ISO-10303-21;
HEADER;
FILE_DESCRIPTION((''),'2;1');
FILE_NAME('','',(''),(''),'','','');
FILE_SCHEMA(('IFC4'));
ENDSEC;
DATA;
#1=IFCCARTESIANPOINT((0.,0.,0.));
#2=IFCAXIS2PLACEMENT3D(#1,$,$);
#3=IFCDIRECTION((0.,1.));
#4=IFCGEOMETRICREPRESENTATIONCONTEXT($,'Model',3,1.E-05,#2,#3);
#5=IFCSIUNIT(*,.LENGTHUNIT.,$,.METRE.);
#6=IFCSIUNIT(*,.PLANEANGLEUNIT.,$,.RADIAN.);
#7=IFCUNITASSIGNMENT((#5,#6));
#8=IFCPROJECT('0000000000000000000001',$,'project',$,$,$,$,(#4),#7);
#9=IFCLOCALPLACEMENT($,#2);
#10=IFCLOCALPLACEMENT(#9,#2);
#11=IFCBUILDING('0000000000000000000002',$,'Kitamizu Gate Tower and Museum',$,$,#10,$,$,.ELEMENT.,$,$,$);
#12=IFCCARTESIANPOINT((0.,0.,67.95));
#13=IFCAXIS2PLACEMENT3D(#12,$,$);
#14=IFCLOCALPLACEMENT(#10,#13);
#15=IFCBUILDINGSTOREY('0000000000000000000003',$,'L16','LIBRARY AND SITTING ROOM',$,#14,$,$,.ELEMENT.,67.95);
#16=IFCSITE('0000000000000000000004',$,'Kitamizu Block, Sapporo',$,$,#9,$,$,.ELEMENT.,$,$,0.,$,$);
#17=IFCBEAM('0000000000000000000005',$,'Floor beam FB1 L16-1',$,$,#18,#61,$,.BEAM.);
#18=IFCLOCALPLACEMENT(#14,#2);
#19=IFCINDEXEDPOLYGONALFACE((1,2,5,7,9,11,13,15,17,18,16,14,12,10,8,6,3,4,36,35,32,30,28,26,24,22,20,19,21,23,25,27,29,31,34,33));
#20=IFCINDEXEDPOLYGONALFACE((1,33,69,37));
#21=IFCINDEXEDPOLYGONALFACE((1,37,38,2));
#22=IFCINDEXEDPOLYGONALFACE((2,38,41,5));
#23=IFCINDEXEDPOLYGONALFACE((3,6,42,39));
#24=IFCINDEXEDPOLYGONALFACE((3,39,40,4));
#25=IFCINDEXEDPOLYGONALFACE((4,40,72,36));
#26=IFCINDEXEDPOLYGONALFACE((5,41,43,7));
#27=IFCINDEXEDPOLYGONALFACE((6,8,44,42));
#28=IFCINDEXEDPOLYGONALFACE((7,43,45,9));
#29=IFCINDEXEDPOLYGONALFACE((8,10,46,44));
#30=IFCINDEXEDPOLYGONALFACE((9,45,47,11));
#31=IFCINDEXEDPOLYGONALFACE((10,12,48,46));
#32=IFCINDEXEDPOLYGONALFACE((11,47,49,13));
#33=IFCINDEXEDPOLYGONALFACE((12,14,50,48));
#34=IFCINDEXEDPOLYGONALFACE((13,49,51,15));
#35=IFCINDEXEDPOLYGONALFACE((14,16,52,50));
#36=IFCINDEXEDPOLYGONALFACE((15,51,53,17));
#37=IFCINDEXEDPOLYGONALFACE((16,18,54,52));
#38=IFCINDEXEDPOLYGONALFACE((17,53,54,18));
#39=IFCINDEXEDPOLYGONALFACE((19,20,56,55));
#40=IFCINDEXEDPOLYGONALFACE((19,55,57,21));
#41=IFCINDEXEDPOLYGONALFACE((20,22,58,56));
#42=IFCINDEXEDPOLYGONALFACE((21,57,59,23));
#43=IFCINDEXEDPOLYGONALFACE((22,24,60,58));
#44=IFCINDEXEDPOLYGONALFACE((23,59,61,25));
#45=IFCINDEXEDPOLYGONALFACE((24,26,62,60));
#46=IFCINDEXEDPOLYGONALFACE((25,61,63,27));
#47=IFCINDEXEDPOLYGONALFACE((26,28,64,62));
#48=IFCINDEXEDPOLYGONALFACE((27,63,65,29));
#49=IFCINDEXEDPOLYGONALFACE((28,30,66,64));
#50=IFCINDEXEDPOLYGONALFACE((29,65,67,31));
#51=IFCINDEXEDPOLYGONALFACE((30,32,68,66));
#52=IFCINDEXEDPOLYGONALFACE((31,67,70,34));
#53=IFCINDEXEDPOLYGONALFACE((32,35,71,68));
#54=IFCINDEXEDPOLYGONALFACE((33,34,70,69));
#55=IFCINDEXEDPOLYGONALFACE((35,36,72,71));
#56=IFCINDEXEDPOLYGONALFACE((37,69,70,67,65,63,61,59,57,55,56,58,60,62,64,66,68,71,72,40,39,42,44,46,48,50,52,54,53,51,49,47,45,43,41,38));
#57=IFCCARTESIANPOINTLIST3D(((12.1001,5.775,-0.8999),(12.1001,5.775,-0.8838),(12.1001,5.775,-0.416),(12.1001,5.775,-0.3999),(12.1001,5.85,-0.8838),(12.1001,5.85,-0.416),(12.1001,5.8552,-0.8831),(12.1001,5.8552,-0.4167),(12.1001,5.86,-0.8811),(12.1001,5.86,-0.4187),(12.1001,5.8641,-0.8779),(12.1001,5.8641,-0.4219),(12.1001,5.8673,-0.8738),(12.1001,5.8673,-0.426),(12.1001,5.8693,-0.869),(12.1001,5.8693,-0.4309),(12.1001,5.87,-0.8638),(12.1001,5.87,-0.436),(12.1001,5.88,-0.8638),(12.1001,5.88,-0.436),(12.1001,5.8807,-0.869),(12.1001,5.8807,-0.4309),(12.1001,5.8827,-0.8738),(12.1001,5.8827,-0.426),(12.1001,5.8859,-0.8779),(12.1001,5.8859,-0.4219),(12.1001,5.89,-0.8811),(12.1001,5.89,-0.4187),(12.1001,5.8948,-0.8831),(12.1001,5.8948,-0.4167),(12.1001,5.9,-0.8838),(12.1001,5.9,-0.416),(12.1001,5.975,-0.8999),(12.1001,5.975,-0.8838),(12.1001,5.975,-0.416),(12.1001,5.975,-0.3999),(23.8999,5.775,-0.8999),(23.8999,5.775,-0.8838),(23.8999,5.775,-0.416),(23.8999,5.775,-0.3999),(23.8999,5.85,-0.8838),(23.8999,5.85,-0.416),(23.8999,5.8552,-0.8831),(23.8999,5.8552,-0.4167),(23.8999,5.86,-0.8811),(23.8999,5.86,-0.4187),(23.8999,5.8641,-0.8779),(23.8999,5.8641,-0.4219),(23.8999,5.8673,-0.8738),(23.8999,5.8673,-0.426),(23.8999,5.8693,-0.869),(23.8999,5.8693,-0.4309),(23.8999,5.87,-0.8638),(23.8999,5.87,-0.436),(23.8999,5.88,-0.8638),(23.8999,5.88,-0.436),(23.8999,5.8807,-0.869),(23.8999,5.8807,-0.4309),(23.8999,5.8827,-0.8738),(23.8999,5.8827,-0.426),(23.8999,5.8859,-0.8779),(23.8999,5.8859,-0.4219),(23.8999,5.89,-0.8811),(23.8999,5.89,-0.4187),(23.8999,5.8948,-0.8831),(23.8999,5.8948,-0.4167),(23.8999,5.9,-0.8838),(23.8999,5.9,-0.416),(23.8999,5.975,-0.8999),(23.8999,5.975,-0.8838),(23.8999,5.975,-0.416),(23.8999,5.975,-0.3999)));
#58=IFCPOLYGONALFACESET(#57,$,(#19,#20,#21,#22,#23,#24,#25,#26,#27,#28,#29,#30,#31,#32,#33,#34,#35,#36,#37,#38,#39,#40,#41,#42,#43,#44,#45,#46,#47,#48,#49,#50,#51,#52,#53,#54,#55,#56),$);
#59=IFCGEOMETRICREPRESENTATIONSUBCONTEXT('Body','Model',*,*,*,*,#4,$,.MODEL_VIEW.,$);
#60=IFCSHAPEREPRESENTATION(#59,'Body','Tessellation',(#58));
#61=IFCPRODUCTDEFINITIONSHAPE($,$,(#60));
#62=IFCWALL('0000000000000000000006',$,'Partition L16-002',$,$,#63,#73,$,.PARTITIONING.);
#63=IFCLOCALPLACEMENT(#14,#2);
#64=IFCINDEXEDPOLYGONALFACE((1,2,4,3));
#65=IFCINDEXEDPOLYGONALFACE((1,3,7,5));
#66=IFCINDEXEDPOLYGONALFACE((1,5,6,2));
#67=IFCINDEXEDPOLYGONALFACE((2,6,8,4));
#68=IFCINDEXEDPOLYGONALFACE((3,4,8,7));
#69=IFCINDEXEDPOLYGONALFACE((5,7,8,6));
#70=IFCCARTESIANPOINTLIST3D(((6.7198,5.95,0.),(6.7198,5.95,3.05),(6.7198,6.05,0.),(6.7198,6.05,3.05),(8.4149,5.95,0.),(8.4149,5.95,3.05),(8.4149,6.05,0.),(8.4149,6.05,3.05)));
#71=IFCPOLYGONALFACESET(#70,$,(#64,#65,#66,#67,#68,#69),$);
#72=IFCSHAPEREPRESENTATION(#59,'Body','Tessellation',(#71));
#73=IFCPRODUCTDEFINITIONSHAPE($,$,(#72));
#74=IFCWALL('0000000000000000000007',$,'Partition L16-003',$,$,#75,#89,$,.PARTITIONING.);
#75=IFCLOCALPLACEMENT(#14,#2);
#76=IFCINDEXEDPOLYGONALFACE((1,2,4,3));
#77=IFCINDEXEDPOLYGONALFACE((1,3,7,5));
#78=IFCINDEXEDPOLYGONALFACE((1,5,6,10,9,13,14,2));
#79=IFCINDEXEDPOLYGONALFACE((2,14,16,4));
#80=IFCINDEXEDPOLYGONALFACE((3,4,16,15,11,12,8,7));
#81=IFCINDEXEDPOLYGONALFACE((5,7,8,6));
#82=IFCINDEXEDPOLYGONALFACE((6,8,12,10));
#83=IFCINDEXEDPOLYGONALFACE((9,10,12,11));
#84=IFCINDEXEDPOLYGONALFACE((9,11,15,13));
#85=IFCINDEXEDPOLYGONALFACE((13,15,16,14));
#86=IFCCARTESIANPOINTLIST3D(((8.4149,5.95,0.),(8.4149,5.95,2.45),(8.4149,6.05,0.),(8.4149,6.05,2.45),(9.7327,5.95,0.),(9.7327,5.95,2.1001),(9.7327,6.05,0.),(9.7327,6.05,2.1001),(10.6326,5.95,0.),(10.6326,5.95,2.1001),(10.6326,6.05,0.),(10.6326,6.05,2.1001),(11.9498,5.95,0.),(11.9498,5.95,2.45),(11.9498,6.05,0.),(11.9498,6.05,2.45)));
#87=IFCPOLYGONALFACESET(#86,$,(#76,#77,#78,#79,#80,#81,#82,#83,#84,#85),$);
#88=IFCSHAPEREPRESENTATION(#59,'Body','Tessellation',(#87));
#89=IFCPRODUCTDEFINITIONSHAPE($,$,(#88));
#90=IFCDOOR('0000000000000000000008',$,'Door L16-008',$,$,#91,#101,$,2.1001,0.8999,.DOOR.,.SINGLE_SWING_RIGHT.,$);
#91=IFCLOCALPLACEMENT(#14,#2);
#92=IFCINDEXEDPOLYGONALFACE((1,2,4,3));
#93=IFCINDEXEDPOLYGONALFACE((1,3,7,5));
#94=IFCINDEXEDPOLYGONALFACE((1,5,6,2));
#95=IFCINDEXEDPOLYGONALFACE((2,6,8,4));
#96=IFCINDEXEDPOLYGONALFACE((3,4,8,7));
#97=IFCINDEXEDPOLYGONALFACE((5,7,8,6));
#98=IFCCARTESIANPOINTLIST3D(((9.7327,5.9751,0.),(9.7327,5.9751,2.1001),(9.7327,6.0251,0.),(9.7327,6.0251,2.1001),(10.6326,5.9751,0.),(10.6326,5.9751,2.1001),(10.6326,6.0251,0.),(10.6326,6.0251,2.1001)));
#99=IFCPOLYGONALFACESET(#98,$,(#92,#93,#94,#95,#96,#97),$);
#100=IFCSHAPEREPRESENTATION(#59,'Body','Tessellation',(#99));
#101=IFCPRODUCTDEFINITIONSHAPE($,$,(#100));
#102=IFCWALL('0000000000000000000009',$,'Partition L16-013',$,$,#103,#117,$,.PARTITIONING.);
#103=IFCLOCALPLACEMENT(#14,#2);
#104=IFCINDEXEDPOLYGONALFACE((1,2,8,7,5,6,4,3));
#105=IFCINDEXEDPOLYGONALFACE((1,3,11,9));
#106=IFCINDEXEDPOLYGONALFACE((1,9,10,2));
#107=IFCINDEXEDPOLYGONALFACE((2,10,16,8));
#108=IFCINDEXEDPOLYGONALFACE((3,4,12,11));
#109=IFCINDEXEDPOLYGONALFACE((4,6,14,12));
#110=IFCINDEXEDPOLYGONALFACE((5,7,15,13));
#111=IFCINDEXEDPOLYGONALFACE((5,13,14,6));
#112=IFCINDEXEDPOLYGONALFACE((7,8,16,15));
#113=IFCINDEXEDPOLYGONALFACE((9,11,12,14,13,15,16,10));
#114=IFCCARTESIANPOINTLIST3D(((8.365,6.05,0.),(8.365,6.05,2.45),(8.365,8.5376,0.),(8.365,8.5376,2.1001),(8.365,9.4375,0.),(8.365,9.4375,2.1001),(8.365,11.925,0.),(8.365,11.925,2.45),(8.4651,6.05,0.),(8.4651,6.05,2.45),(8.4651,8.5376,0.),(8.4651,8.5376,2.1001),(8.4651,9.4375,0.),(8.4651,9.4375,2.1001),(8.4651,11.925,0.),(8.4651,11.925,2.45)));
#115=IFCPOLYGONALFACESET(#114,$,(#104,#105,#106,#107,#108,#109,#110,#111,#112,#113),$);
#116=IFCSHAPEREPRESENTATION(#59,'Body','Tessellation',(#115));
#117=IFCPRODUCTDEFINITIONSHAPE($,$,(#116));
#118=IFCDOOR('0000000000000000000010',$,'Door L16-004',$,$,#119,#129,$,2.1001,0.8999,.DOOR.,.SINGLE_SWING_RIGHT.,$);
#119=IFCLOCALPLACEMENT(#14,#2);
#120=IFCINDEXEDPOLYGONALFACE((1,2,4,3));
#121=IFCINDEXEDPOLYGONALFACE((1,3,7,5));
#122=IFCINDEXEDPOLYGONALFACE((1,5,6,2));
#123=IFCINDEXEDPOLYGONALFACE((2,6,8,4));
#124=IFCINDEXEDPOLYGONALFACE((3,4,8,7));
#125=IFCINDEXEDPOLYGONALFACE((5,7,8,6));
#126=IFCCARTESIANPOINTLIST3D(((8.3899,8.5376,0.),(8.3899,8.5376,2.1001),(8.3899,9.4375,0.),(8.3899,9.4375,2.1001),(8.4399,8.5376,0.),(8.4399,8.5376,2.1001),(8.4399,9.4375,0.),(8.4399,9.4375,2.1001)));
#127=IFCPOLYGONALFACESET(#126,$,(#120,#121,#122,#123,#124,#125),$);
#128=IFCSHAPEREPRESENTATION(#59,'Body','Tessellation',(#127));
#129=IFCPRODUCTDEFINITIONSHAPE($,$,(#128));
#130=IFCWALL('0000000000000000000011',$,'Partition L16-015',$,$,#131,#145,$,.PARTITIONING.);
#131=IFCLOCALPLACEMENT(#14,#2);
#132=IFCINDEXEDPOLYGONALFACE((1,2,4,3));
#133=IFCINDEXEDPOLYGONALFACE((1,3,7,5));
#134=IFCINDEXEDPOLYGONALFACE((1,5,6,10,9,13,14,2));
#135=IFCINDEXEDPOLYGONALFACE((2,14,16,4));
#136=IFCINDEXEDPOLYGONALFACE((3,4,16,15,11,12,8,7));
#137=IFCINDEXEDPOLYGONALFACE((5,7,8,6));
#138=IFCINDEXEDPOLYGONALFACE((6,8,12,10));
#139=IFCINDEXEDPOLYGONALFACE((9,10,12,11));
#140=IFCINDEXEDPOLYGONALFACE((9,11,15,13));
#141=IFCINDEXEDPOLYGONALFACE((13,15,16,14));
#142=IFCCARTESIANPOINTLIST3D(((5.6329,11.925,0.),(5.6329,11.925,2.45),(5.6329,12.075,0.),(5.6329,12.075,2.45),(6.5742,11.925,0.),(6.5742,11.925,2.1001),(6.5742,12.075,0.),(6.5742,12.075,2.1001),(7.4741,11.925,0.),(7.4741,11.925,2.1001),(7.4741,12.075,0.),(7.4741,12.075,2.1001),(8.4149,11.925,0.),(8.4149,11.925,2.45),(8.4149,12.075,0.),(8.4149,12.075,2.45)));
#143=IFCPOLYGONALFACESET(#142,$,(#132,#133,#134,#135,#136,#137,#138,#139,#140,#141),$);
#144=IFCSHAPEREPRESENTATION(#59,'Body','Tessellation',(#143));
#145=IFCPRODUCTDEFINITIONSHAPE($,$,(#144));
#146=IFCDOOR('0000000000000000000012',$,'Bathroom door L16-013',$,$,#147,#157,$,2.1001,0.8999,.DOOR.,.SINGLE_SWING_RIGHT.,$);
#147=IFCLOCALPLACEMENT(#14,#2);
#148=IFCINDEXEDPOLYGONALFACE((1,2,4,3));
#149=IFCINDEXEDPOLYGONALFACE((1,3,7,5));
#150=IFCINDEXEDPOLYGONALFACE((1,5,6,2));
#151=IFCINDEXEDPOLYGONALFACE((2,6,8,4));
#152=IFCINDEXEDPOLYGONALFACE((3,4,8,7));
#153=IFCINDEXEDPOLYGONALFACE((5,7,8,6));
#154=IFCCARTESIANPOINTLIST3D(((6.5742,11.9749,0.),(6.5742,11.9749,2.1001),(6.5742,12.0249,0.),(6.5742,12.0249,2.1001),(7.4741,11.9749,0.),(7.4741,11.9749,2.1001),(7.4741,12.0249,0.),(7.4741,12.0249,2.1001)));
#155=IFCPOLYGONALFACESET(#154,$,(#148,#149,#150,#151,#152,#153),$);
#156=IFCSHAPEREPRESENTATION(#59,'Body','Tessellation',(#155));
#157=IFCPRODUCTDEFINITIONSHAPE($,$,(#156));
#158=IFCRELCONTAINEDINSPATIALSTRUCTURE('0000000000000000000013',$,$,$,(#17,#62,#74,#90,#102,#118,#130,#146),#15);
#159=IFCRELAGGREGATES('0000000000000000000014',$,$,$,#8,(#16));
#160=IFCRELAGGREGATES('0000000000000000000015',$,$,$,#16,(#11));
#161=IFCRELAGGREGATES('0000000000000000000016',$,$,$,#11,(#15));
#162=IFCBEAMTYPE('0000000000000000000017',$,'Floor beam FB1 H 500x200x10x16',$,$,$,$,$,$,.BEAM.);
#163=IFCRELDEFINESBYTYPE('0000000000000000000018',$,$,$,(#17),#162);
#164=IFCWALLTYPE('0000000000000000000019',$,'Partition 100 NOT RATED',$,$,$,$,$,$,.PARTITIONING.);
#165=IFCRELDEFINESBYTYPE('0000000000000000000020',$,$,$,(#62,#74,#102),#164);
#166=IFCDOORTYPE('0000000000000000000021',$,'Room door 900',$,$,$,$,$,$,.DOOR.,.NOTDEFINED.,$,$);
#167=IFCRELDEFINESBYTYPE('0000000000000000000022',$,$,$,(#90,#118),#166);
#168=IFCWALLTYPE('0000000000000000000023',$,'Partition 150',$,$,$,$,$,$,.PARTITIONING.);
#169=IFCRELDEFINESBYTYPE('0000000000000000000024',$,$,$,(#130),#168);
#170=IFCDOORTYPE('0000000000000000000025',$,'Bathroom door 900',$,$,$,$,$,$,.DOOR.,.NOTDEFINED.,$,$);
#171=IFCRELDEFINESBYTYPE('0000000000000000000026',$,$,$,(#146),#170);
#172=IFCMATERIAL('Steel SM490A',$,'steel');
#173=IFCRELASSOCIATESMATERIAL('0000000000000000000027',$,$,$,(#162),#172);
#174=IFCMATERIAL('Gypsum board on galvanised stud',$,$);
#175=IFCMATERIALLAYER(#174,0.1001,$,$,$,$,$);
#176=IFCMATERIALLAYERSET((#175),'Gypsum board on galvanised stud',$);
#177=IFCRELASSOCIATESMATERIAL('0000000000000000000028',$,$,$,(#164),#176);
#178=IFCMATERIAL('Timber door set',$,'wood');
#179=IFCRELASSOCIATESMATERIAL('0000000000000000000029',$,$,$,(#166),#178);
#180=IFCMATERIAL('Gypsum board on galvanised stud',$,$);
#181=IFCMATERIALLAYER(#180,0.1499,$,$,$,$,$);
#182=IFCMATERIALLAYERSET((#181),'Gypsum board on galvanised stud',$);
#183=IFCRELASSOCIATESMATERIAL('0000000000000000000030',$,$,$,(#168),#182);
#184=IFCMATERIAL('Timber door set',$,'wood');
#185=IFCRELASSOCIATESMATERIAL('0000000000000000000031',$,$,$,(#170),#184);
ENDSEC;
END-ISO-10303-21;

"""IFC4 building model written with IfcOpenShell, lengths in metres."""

from ifc_helpers import new_model, si_unit, direction, frame, frame_2d, origin, origin_2d, place, context, subcontext, project, spatial, rectangle, i_section, extrude, material, layer, layer_set, material_profile, profile_set, type_object, element, fill, save


model = new_model("IFC4")

# Units and contexts
model_context = context("Model", 3, precision=1e-05, world=origin(), true_north=direction((0.0, 1.0)))
body_context = subcontext(model_context, "Body", "Model", "MODEL_VIEW")
ifc_project = project(units=[si_unit("LENGTHUNIT", "METRE"), si_unit("PLANEANGLEUNIT", "RADIAN")], contexts=[model_context])

# Site, building, storey
site_placement = place(None, origin())
site = spatial("IfcSite", under=ifc_project, at=site_placement, Name="Kitamizu Block, Sapporo", CompositionType="ELEMENT", RefElevation=0.0)
building_placement = place(site_placement, origin())
building = spatial("IfcBuilding", under=site, at=building_placement, Name="Kitamizu Gate Tower and Museum", CompositionType="ELEMENT")
storey_placement = place(building_placement, frame((0.0, 0.0, 67.95)))
storey = spatial("IfcBuildingStorey", under=building, at=storey_placement, Name="L16", Description="LIBRARY AND SITTING ROOM", CompositionType="ELEMENT", Elevation=67.95)

# Beam
ifc_material_1 = material(Name="Steel SM490A", Category="steel")
ifc_material_profile = material_profile(ifc_material_1, i_section(OverallWidth=0.2, OverallDepth=0.5, WebThickness=0.01, FlangeThickness=0.0161, FilletRadius=0.02, at=origin_2d()), Name="H-500x200x10x16")
ifc_profile_set = profile_set([ifc_material_profile], Name="Steel SM490A")
beam_type = type_object("IfcBeamType", Name="Floor beam FB1 H 500x200x10x16", PredefinedType="BEAM", material=ifc_profile_set)
beam_placement = place(storey_placement, frame((12.1001, 5.875, -0.6499), z_axis=(1.0, 0.0, 0.0), x_axis=(0.0, 1.0, 0.0)))
element("IfcBeam", 1, at=beam_placement, inside=storey, type_object=beam_type, Name="Floor beam FB1 L16-1", PredefinedType="BEAM", context=body_context, shape_type="SweptSolid", body=[
    extrude(i_section(OverallWidth=0.2, OverallDepth=0.5, WebThickness=0.01, FlangeThickness=0.0161, FilletRadius=0.02, at=origin_2d()), origin(), (0.0, 0.0, 1.0), 11.7998),
])

# Wall
ifc_material_2 = material(Name="Gypsum board on galvanised stud")
ifc_layer_1 = layer(ifc_material_2, 0.1001)
ifc_layer_set_1 = layer_set([ifc_layer_1], Name="Gypsum board on galvanised stud")
wall_type_1 = type_object("IfcWallType", Name="Partition 100 NOT RATED", PredefinedType="PARTITIONING", material=ifc_layer_set_1)
wall_1_placement = place(storey_placement, frame((8.415, 6.0, 0.0), z_axis=(0.0, 0.0, 1.0), x_axis=(-1.0, 0.0, 0.0)))
element("IfcWall", 2, at=wall_1_placement, inside=storey, type_object=wall_type_1, Name="Partition L16-002", PredefinedType="PARTITIONING", context=body_context, shape_type="SweptSolid", body=[
    extrude(rectangle(XDim=1.6951, YDim=0.1001, at=frame_2d((0.8477, 0.0))), origin(), (0.0, 0.0, 1.0), 3.05),
])

# Walls, openings, doors
wall_2_placement = place(storey_placement, frame((11.95, 6.0, 0.0), z_axis=(0.0, 0.0, 1.0), x_axis=(-1.0, 0.0, 0.0)))
wall_2 = element("IfcWall", 3, at=wall_2_placement, inside=storey, type_object=wall_type_1, Name="Partition L16-003", PredefinedType="PARTITIONING", context=body_context, shape_type="SweptSolid", body=[
    extrude(rectangle(XDim=3.5349, YDim=0.1001, at=frame_2d((1.7676, 0.0))), origin(), (0.0, 0.0, 1.0), 2.45),
])
opening_1_placement = place(wall_2_placement, frame((1.3174, 0.0, 0.0)))
opening_1 = element("IfcOpeningElement", 4, at=opening_1_placement, cuts=wall_2, PredefinedType="OPENING", context=body_context, shape_type="SweptSolid", body=[
    extrude(rectangle(XDim=0.8999, YDim=2.1001, at=frame_2d((0.45, 1.05))), frame((0.0, 0.0601, 0.0), z_axis=(0.0, -1.0, 0.0), x_axis=(1.0, 0.0, 0.0)), (0.0, 0.0, 1.0), 0.1201),
])
ifc_material_3 = material(Name="Timber door set", Category="wood")
door_type_1 = type_object("IfcDoorType", Name="Room door 900", OperationType="NOTDEFINED", PredefinedType="DOOR", material=ifc_material_3)
door_1_placement = place(opening_1_placement, origin())
door_1 = element("IfcDoor", 5, at=door_1_placement, inside=storey, type_object=door_type_1, Name="Door L16-008", OperationType="SINGLE_SWING_RIGHT", OverallHeight=2.1001, OverallWidth=0.8999, PredefinedType="DOOR", context=body_context, shape_type="SweptSolid", body=[
    extrude(rectangle(XDim=0.8999, YDim=2.1001, at=frame_2d((0.45, 1.05))), frame((0.0, 0.0249, 0.0), z_axis=(0.0, -1.0, 0.0), x_axis=(1.0, 0.0, 0.0)), (0.0, 0.0, 1.0), 0.05),
])
fill(opening_1, door_1)
wall_3_placement = place(storey_placement, frame((8.415, 6.05, 0.0), z_axis=(0.0, 0.0, 1.0), x_axis=(0.0, 1.0, 0.0)))
wall_3 = element("IfcWall", 6, at=wall_3_placement, inside=storey, type_object=wall_type_1, Name="Partition L16-013", PredefinedType="PARTITIONING", context=body_context, shape_type="SweptSolid", body=[
    extrude(rectangle(XDim=5.875, YDim=0.1001, at=frame_2d((2.9375, 0.0))), origin(), (0.0, 0.0, 1.0), 2.45),
])
opening_2_placement = place(wall_3_placement, frame((2.4875, 0.0, 0.0)))
opening_2 = element("IfcOpeningElement", 7, at=opening_2_placement, cuts=wall_3, PredefinedType="OPENING", context=body_context, shape_type="SweptSolid", body=[
    extrude(rectangle(XDim=0.8999, YDim=2.1001, at=frame_2d((0.45, 1.05))), frame((0.0, 0.0601, 0.0), z_axis=(0.0, -1.0, 0.0), x_axis=(1.0, 0.0, 0.0)), (0.0, 0.0, 1.0), 0.1201),
])
door_2_placement = place(opening_2_placement, frame((0.8999, 0.0, 0.0), x_axis=(-1.0, 0.0, 0.0)))
door_2 = element("IfcDoor", 8, at=door_2_placement, inside=storey, type_object=door_type_1, Name="Door L16-004", OperationType="SINGLE_SWING_RIGHT", OverallHeight=2.1001, OverallWidth=0.8999, PredefinedType="DOOR", context=body_context, shape_type="SweptSolid", body=[
    extrude(rectangle(XDim=0.8999, YDim=2.1001, at=frame_2d((0.45, 1.05))), frame((0.0, 0.0249, 0.0), z_axis=(0.0, -1.0, 0.0), x_axis=(1.0, 0.0, 0.0)), (0.0, 0.0, 1.0), 0.05),
])
fill(opening_2, door_2)
ifc_material_4 = material(Name="Gypsum board on galvanised stud")
ifc_layer_2 = layer(ifc_material_4, 0.1499)
ifc_layer_set_2 = layer_set([ifc_layer_2], Name="Gypsum board on galvanised stud")
wall_type_2 = type_object("IfcWallType", Name="Partition 150", PredefinedType="PARTITIONING", material=ifc_layer_set_2)
wall_4_placement = place(storey_placement, frame((8.415, 12.0, 0.0), z_axis=(0.0, 0.0, 1.0), x_axis=(-1.0, 0.0, 0.0)))
wall_4 = element("IfcWall", 9, at=wall_4_placement, inside=storey, type_object=wall_type_2, Name="Partition L16-015", PredefinedType="PARTITIONING", context=body_context, shape_type="SweptSolid", body=[
    extrude(rectangle(XDim=2.782, YDim=0.1499, at=frame_2d((1.3911, 0.0))), origin(), (0.0, 0.0, 1.0), 2.45),
])
opening_3_placement = place(wall_4_placement, frame((0.9409, 0.0, 0.0)))
opening_3 = element("IfcOpeningElement", 10, at=opening_3_placement, cuts=wall_4, PredefinedType="OPENING", context=body_context, shape_type="SweptSolid", body=[
    extrude(rectangle(XDim=0.8999, YDim=2.1001, at=frame_2d((0.45, 1.05))), frame((0.0, 0.085, 0.0), z_axis=(0.0, -1.0, 0.0), x_axis=(1.0, 0.0, 0.0)), (0.0, 0.0, 1.0), 0.1699),
])
ifc_material_5 = material(Name="Timber door set", Category="wood")
door_type_2 = type_object("IfcDoorType", Name="Bathroom door 900", OperationType="NOTDEFINED", PredefinedType="DOOR", material=ifc_material_5)
door_3_placement = place(opening_3_placement, frame((0.8999, 0.0, 0.0), x_axis=(-1.0, 0.0, 0.0)))
door_3 = element("IfcDoor", 11, at=door_3_placement, inside=storey, type_object=door_type_2, Name="Bathroom door L16-013", OperationType="SINGLE_SWING_RIGHT", OverallHeight=2.1001, OverallWidth=0.8999, PredefinedType="DOOR", context=body_context, shape_type="SweptSolid", body=[
    extrude(rectangle(XDim=0.8999, YDim=2.1001, at=frame_2d((0.45, 1.05))), frame((0.0, 0.0249, 0.0), z_axis=(0.0, -1.0, 0.0), x_axis=(1.0, 0.0, 0.0)), (0.0, 0.0, 1.0), 0.05),
])
fill(opening_3, door_3)

save(model, "model.ifc")
